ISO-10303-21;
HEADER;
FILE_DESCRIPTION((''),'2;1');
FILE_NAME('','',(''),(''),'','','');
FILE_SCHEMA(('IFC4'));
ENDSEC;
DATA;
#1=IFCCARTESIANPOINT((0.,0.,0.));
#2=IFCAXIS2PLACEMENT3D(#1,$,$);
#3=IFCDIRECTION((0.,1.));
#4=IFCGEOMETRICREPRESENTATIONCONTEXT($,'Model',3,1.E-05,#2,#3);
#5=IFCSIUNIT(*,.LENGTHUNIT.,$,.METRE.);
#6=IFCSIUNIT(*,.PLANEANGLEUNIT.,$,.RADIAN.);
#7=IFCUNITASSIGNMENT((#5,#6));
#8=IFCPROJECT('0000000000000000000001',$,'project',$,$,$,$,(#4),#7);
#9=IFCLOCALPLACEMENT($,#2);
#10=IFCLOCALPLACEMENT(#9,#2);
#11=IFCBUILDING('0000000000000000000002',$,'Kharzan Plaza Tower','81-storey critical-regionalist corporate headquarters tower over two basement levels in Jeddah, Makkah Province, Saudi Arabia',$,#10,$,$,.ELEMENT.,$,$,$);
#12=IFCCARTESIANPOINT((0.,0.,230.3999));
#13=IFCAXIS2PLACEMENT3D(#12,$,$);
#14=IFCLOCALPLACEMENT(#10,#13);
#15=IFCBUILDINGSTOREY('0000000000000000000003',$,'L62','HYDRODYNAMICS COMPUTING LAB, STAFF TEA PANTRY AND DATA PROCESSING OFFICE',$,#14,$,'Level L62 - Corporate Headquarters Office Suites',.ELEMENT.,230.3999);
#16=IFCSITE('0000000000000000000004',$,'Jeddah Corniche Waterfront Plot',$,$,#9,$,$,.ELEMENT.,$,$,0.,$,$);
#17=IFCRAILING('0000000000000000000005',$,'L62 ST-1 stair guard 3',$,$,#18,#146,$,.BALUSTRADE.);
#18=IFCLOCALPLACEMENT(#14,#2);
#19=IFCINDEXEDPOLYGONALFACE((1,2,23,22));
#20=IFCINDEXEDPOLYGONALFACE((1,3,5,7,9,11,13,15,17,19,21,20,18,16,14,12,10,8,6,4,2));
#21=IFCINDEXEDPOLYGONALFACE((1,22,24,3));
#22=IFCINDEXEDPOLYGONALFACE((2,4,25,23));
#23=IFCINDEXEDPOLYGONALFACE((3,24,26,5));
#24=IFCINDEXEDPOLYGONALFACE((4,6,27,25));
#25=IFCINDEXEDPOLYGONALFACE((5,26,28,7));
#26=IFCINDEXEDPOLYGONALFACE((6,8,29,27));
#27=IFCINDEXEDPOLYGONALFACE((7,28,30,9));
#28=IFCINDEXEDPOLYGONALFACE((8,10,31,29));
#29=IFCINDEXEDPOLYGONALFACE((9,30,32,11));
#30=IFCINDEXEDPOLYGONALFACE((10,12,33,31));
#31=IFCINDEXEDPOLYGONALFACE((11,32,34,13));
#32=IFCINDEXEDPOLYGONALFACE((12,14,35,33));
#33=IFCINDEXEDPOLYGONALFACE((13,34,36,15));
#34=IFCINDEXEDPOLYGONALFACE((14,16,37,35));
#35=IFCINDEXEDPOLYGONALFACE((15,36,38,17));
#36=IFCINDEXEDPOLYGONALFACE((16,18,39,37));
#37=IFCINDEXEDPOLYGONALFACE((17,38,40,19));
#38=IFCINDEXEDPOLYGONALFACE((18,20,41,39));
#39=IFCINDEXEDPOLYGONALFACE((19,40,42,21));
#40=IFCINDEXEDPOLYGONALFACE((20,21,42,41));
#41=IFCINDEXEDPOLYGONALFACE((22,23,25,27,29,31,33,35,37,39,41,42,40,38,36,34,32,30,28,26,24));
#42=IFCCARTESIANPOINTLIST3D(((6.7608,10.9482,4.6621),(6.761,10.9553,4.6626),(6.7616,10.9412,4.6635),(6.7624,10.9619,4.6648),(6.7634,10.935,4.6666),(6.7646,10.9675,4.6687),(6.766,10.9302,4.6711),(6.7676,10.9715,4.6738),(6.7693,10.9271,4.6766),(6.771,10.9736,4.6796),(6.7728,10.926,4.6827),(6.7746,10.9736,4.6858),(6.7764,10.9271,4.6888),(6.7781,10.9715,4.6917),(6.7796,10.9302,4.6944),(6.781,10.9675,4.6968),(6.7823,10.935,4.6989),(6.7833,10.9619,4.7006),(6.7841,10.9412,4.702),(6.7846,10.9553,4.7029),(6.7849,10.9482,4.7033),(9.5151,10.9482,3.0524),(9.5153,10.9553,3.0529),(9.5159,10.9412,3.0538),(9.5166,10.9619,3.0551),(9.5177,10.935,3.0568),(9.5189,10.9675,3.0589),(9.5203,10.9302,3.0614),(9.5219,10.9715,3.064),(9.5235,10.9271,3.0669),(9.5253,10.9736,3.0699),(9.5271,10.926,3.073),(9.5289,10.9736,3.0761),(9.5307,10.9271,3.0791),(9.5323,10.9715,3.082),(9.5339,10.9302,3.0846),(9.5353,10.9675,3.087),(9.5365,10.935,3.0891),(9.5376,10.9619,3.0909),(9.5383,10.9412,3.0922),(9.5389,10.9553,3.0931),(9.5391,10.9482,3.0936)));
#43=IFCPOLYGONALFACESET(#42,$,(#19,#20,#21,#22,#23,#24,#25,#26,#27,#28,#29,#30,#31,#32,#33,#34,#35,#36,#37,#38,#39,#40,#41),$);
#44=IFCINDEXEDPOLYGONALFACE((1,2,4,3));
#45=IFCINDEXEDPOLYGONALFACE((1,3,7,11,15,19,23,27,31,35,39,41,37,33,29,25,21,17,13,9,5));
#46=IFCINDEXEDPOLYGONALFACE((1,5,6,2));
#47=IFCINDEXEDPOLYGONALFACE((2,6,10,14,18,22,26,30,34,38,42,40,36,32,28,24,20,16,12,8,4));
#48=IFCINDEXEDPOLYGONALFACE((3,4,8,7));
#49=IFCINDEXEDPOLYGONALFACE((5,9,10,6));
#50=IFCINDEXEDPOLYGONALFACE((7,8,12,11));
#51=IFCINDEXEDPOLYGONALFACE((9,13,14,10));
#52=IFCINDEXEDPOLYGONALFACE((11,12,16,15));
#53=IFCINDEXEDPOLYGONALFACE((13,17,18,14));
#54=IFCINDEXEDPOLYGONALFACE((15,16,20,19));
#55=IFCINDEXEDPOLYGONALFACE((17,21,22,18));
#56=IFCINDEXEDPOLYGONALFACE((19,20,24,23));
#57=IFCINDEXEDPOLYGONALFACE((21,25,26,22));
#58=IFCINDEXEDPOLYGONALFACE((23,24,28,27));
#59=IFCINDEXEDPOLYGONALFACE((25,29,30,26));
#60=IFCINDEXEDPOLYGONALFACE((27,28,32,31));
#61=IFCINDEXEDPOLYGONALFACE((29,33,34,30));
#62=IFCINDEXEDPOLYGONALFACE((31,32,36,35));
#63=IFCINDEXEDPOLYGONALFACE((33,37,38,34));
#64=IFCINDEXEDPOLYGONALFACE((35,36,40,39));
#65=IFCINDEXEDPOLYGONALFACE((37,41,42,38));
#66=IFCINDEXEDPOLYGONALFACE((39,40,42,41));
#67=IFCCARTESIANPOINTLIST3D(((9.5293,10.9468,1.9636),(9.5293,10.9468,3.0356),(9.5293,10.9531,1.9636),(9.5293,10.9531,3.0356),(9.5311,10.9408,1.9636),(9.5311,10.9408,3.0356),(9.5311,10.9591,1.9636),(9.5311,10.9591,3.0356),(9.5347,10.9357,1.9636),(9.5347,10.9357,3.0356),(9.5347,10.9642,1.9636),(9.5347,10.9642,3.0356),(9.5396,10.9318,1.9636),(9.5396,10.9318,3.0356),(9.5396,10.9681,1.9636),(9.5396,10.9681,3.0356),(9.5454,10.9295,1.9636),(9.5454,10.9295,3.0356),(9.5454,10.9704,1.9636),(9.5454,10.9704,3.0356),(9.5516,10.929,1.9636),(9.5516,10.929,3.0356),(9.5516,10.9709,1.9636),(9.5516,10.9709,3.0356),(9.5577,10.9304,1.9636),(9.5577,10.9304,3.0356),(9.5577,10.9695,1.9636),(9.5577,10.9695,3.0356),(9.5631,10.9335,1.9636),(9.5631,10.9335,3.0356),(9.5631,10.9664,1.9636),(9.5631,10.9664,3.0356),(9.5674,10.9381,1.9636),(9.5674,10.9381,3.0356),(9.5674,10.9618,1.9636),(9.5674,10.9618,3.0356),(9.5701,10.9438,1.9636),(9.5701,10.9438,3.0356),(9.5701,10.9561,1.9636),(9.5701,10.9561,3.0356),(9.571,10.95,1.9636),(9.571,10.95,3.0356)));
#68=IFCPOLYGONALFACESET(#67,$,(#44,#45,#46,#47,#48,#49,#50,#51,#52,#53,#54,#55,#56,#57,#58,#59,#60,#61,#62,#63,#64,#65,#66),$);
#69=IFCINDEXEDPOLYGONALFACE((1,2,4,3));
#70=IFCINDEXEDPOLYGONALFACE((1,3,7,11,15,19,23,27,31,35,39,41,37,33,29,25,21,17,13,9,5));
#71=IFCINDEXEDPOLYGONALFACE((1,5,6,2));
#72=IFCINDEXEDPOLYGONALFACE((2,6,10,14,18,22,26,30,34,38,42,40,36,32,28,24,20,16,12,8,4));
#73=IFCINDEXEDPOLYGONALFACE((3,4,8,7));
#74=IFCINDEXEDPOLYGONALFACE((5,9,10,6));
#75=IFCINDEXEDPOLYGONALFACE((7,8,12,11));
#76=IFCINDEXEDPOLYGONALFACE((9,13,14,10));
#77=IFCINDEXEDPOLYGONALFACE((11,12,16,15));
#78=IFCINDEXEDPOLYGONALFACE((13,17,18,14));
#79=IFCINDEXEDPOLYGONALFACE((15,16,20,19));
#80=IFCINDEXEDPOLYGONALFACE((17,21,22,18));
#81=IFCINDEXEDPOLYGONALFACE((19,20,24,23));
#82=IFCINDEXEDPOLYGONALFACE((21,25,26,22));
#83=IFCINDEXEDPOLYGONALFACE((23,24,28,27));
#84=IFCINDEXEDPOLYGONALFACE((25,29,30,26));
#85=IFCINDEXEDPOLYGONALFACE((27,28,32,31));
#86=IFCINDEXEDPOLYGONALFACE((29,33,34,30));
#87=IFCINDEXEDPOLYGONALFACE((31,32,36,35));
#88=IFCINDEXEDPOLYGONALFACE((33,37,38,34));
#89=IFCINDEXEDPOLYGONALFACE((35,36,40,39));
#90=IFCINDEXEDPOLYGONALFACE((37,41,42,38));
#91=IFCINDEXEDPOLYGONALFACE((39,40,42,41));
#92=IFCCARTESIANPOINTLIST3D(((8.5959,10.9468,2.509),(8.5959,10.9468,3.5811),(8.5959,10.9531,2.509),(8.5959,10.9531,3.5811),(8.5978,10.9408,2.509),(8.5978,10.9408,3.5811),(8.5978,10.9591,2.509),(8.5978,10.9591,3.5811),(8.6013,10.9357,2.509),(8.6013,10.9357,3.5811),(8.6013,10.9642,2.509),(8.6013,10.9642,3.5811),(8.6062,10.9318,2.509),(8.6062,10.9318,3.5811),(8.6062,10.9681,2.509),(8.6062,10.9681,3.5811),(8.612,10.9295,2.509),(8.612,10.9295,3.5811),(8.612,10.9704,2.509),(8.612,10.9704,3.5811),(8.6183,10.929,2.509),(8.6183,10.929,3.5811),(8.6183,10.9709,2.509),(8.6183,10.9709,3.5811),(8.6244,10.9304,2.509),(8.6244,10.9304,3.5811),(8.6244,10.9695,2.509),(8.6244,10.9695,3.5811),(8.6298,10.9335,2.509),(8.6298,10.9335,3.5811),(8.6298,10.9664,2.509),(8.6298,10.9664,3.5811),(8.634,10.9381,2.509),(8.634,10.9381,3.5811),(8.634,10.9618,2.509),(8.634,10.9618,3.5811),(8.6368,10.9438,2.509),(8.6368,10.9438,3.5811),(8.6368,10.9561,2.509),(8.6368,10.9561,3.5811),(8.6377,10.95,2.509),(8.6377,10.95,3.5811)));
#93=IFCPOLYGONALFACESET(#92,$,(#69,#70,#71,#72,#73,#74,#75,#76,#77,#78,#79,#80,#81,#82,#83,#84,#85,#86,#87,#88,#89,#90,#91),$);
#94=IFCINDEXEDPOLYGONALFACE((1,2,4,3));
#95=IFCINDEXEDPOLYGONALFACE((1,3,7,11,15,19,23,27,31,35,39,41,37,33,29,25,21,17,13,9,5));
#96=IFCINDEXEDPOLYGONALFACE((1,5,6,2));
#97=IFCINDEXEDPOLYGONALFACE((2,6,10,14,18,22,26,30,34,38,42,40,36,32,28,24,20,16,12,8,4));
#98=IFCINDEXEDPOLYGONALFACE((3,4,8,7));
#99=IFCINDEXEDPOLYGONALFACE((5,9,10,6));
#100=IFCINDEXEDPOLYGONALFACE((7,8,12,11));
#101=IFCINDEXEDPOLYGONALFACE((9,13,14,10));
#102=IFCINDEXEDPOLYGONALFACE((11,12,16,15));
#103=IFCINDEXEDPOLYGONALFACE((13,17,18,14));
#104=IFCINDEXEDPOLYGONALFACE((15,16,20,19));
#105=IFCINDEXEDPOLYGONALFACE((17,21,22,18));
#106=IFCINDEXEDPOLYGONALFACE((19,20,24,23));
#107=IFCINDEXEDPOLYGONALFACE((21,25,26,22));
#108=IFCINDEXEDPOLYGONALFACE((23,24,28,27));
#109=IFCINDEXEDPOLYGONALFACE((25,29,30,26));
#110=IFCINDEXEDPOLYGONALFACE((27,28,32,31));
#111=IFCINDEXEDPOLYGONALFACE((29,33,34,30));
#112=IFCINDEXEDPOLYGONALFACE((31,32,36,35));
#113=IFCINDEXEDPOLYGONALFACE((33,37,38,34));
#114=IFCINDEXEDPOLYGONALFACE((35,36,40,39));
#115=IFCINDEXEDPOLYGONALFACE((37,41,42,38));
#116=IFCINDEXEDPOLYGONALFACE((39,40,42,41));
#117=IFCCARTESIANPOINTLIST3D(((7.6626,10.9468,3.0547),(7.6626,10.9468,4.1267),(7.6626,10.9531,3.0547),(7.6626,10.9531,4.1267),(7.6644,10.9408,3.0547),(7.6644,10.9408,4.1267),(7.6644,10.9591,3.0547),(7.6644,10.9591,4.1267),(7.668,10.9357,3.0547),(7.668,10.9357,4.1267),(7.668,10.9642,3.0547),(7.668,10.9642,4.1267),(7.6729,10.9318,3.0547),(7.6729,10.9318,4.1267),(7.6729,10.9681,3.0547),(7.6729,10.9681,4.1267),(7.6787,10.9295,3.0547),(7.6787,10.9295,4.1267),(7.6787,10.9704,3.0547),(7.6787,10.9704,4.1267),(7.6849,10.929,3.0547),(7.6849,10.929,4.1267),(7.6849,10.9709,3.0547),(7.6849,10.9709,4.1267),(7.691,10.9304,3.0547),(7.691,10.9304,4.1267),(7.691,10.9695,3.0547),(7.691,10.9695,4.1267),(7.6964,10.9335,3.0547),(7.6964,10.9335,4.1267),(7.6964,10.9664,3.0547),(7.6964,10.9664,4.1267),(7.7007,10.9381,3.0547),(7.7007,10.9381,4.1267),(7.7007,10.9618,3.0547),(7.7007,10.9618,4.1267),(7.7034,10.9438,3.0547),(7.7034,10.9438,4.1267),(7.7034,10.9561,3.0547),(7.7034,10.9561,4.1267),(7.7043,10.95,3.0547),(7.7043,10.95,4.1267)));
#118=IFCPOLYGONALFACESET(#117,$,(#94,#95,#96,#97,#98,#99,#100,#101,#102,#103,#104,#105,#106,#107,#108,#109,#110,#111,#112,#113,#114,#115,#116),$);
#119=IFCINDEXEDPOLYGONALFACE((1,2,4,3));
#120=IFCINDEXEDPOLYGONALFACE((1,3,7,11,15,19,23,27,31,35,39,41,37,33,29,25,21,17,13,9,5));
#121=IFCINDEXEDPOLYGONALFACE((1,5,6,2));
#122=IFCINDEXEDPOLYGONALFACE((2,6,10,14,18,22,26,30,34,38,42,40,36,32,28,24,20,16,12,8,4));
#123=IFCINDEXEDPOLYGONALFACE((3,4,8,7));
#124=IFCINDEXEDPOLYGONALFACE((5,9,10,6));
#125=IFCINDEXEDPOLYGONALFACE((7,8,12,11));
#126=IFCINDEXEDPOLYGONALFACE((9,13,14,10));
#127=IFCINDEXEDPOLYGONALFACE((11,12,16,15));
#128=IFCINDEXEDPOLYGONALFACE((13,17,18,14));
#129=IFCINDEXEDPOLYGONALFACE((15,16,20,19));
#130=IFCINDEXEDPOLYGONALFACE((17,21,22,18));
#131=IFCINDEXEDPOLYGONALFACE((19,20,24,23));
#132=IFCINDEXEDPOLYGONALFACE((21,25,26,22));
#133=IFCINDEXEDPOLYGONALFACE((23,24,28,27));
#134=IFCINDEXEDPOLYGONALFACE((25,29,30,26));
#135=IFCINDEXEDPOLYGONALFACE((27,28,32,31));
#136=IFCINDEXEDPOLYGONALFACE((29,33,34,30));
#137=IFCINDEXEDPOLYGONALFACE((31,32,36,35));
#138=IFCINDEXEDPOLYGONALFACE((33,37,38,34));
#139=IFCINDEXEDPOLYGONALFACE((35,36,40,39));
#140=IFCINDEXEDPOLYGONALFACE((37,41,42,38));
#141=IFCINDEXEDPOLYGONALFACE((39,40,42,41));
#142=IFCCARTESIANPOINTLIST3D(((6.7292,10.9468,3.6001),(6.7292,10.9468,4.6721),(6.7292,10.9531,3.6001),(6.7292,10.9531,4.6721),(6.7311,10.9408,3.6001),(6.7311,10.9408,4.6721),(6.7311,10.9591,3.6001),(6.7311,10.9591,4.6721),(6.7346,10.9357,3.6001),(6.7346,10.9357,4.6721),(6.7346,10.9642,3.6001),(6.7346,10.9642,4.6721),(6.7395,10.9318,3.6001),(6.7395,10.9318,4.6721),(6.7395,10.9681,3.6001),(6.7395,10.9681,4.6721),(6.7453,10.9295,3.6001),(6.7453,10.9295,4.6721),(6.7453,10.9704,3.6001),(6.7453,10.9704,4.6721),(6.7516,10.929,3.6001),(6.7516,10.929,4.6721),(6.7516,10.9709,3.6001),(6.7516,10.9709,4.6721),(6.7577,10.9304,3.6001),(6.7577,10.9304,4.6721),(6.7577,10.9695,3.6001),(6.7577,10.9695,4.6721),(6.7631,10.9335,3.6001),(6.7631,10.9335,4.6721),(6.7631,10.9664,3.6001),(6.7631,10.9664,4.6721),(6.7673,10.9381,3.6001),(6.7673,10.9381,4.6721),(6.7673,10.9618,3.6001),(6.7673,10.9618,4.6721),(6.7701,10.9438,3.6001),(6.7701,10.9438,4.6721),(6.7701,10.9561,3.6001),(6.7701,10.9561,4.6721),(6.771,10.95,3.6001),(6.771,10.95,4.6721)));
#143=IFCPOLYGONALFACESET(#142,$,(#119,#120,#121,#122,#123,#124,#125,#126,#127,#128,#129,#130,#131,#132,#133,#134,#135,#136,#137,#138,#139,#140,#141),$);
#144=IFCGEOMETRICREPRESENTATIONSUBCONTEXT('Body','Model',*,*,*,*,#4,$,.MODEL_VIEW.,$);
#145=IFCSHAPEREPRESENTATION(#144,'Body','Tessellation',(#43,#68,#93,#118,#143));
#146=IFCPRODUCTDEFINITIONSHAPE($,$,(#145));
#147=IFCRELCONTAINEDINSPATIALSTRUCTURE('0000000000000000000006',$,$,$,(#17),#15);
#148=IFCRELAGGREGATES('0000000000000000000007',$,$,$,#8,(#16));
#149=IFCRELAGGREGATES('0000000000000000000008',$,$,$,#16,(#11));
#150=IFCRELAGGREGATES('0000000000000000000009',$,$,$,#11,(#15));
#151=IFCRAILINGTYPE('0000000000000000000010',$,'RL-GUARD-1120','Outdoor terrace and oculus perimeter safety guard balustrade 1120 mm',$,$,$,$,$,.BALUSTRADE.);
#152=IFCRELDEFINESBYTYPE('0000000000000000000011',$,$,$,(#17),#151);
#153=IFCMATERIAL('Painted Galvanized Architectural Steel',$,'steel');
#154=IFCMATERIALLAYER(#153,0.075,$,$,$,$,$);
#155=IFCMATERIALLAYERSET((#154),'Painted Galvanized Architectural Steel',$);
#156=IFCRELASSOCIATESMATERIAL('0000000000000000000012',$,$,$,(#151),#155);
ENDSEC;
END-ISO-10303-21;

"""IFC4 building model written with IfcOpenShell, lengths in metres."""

from ifc_helpers import new_model, si_unit, direction, frame, origin, origin_2d, place, context, subcontext, project, spatial, circle, extrude, source, transform, mapped, material, layer, layer_set, type_object, element, save


model = new_model("IFC4")

# Units and contexts
model_context = context("Model", 3, precision=1e-05, world=origin(), true_north=direction((0.0, 1.0)))
body_context = subcontext(model_context, "Body", "Model", "MODEL_VIEW")
ifc_project = project(units=[si_unit("LENGTHUNIT", "METRE"), si_unit("PLANEANGLEUNIT", "RADIAN")], contexts=[model_context])

# Site, building, storey
site_placement = place(None, origin())
site = spatial("IfcSite", under=ifc_project, at=site_placement, Name="Jeddah Corniche Waterfront Plot", CompositionType="ELEMENT", RefElevation=0.0)
building_placement = place(site_placement, origin())
building = spatial("IfcBuilding", under=site, at=building_placement, Name="Kharzan Plaza Tower", Description="81-storey critical-regionalist corporate headquarters tower over two basement levels in Jeddah, Makkah Province, Saudi Arabia", CompositionType="ELEMENT")
storey_placement = place(building_placement, frame((0.0, 0.0, 230.3999)))
storey = spatial("IfcBuildingStorey", under=building, at=storey_placement, Name="L62", Description="HYDRODYNAMICS COMPUTING LAB, STAFF TEA PANTRY AND DATA PROCESSING OFFICE", LongName="Level L62 - Corporate Headquarters Office Suites", CompositionType="ELEMENT", Elevation=230.3999)

# Railing
ifc_material_1 = material(Name="Painted Galvanized Architectural Steel", Category="steel")
ifc_layer_1 = layer(ifc_material_1, 0.075)
ifc_layer_set_1 = layer_set([ifc_layer_1], Name="Painted Galvanized Architectural Steel")
railing_type_1 = type_object("IfcRailingType", Name="RL-GUARD-1120", Description="Outdoor terrace and oculus perimeter safety guard balustrade 1120 mm", PredefinedType="BALUSTRADE", material=ifc_layer_set_1)
shared_shape_1 = source(origin(), body_context, "Body", "SweptSolid", [
    extrude(circle(Radius=0.0239, at=origin_2d()), frame((-0.0229, 0.0, 1.1094), z_axis=(-0.863361, 0.0, 0.504587), x_axis=(0.0, -1.0, 0.0)), (0.0, 0.0, 1.0), 3.1902),
    extrude(circle(Radius=0.021, at=origin_2d()), origin(), (0.0, 0.0, 1.0), 1.072),
    extrude(circle(Radius=0.021, at=origin_2d()), frame((-0.9333, 0.0, 0.5454)), (0.0, 0.0, 1.0), 1.072),
    extrude(circle(Radius=0.021, at=origin_2d()), frame((-1.8667, 0.0, 1.0911)), (0.0, 0.0, 1.0), 1.072),
    extrude(circle(Radius=0.021, at=origin_2d()), frame((-2.8, 0.0, 1.6365)), (0.0, 0.0, 1.0), 1.072),
])
railing_1_placement = place(storey_placement, frame((9.55, 10.95, 1.9636)))
element("IfcRailing", 1, at=railing_1_placement, inside=storey, type_object=railing_type_1, Name="L62 ST-1 stair guard 3", PredefinedType="BALUSTRADE", context=body_context, shape_type="MappedRepresentation", body=[
    mapped(shared_shape_1, transform((0.0, 0.0, 0.0), x_axis=(1.0, 0.0, 0.0), y_axis=(0.0, 1.0, 0.0), z_axis=(0.0, 0.0, 1.0))),
])

save(model, "model.ifc")
